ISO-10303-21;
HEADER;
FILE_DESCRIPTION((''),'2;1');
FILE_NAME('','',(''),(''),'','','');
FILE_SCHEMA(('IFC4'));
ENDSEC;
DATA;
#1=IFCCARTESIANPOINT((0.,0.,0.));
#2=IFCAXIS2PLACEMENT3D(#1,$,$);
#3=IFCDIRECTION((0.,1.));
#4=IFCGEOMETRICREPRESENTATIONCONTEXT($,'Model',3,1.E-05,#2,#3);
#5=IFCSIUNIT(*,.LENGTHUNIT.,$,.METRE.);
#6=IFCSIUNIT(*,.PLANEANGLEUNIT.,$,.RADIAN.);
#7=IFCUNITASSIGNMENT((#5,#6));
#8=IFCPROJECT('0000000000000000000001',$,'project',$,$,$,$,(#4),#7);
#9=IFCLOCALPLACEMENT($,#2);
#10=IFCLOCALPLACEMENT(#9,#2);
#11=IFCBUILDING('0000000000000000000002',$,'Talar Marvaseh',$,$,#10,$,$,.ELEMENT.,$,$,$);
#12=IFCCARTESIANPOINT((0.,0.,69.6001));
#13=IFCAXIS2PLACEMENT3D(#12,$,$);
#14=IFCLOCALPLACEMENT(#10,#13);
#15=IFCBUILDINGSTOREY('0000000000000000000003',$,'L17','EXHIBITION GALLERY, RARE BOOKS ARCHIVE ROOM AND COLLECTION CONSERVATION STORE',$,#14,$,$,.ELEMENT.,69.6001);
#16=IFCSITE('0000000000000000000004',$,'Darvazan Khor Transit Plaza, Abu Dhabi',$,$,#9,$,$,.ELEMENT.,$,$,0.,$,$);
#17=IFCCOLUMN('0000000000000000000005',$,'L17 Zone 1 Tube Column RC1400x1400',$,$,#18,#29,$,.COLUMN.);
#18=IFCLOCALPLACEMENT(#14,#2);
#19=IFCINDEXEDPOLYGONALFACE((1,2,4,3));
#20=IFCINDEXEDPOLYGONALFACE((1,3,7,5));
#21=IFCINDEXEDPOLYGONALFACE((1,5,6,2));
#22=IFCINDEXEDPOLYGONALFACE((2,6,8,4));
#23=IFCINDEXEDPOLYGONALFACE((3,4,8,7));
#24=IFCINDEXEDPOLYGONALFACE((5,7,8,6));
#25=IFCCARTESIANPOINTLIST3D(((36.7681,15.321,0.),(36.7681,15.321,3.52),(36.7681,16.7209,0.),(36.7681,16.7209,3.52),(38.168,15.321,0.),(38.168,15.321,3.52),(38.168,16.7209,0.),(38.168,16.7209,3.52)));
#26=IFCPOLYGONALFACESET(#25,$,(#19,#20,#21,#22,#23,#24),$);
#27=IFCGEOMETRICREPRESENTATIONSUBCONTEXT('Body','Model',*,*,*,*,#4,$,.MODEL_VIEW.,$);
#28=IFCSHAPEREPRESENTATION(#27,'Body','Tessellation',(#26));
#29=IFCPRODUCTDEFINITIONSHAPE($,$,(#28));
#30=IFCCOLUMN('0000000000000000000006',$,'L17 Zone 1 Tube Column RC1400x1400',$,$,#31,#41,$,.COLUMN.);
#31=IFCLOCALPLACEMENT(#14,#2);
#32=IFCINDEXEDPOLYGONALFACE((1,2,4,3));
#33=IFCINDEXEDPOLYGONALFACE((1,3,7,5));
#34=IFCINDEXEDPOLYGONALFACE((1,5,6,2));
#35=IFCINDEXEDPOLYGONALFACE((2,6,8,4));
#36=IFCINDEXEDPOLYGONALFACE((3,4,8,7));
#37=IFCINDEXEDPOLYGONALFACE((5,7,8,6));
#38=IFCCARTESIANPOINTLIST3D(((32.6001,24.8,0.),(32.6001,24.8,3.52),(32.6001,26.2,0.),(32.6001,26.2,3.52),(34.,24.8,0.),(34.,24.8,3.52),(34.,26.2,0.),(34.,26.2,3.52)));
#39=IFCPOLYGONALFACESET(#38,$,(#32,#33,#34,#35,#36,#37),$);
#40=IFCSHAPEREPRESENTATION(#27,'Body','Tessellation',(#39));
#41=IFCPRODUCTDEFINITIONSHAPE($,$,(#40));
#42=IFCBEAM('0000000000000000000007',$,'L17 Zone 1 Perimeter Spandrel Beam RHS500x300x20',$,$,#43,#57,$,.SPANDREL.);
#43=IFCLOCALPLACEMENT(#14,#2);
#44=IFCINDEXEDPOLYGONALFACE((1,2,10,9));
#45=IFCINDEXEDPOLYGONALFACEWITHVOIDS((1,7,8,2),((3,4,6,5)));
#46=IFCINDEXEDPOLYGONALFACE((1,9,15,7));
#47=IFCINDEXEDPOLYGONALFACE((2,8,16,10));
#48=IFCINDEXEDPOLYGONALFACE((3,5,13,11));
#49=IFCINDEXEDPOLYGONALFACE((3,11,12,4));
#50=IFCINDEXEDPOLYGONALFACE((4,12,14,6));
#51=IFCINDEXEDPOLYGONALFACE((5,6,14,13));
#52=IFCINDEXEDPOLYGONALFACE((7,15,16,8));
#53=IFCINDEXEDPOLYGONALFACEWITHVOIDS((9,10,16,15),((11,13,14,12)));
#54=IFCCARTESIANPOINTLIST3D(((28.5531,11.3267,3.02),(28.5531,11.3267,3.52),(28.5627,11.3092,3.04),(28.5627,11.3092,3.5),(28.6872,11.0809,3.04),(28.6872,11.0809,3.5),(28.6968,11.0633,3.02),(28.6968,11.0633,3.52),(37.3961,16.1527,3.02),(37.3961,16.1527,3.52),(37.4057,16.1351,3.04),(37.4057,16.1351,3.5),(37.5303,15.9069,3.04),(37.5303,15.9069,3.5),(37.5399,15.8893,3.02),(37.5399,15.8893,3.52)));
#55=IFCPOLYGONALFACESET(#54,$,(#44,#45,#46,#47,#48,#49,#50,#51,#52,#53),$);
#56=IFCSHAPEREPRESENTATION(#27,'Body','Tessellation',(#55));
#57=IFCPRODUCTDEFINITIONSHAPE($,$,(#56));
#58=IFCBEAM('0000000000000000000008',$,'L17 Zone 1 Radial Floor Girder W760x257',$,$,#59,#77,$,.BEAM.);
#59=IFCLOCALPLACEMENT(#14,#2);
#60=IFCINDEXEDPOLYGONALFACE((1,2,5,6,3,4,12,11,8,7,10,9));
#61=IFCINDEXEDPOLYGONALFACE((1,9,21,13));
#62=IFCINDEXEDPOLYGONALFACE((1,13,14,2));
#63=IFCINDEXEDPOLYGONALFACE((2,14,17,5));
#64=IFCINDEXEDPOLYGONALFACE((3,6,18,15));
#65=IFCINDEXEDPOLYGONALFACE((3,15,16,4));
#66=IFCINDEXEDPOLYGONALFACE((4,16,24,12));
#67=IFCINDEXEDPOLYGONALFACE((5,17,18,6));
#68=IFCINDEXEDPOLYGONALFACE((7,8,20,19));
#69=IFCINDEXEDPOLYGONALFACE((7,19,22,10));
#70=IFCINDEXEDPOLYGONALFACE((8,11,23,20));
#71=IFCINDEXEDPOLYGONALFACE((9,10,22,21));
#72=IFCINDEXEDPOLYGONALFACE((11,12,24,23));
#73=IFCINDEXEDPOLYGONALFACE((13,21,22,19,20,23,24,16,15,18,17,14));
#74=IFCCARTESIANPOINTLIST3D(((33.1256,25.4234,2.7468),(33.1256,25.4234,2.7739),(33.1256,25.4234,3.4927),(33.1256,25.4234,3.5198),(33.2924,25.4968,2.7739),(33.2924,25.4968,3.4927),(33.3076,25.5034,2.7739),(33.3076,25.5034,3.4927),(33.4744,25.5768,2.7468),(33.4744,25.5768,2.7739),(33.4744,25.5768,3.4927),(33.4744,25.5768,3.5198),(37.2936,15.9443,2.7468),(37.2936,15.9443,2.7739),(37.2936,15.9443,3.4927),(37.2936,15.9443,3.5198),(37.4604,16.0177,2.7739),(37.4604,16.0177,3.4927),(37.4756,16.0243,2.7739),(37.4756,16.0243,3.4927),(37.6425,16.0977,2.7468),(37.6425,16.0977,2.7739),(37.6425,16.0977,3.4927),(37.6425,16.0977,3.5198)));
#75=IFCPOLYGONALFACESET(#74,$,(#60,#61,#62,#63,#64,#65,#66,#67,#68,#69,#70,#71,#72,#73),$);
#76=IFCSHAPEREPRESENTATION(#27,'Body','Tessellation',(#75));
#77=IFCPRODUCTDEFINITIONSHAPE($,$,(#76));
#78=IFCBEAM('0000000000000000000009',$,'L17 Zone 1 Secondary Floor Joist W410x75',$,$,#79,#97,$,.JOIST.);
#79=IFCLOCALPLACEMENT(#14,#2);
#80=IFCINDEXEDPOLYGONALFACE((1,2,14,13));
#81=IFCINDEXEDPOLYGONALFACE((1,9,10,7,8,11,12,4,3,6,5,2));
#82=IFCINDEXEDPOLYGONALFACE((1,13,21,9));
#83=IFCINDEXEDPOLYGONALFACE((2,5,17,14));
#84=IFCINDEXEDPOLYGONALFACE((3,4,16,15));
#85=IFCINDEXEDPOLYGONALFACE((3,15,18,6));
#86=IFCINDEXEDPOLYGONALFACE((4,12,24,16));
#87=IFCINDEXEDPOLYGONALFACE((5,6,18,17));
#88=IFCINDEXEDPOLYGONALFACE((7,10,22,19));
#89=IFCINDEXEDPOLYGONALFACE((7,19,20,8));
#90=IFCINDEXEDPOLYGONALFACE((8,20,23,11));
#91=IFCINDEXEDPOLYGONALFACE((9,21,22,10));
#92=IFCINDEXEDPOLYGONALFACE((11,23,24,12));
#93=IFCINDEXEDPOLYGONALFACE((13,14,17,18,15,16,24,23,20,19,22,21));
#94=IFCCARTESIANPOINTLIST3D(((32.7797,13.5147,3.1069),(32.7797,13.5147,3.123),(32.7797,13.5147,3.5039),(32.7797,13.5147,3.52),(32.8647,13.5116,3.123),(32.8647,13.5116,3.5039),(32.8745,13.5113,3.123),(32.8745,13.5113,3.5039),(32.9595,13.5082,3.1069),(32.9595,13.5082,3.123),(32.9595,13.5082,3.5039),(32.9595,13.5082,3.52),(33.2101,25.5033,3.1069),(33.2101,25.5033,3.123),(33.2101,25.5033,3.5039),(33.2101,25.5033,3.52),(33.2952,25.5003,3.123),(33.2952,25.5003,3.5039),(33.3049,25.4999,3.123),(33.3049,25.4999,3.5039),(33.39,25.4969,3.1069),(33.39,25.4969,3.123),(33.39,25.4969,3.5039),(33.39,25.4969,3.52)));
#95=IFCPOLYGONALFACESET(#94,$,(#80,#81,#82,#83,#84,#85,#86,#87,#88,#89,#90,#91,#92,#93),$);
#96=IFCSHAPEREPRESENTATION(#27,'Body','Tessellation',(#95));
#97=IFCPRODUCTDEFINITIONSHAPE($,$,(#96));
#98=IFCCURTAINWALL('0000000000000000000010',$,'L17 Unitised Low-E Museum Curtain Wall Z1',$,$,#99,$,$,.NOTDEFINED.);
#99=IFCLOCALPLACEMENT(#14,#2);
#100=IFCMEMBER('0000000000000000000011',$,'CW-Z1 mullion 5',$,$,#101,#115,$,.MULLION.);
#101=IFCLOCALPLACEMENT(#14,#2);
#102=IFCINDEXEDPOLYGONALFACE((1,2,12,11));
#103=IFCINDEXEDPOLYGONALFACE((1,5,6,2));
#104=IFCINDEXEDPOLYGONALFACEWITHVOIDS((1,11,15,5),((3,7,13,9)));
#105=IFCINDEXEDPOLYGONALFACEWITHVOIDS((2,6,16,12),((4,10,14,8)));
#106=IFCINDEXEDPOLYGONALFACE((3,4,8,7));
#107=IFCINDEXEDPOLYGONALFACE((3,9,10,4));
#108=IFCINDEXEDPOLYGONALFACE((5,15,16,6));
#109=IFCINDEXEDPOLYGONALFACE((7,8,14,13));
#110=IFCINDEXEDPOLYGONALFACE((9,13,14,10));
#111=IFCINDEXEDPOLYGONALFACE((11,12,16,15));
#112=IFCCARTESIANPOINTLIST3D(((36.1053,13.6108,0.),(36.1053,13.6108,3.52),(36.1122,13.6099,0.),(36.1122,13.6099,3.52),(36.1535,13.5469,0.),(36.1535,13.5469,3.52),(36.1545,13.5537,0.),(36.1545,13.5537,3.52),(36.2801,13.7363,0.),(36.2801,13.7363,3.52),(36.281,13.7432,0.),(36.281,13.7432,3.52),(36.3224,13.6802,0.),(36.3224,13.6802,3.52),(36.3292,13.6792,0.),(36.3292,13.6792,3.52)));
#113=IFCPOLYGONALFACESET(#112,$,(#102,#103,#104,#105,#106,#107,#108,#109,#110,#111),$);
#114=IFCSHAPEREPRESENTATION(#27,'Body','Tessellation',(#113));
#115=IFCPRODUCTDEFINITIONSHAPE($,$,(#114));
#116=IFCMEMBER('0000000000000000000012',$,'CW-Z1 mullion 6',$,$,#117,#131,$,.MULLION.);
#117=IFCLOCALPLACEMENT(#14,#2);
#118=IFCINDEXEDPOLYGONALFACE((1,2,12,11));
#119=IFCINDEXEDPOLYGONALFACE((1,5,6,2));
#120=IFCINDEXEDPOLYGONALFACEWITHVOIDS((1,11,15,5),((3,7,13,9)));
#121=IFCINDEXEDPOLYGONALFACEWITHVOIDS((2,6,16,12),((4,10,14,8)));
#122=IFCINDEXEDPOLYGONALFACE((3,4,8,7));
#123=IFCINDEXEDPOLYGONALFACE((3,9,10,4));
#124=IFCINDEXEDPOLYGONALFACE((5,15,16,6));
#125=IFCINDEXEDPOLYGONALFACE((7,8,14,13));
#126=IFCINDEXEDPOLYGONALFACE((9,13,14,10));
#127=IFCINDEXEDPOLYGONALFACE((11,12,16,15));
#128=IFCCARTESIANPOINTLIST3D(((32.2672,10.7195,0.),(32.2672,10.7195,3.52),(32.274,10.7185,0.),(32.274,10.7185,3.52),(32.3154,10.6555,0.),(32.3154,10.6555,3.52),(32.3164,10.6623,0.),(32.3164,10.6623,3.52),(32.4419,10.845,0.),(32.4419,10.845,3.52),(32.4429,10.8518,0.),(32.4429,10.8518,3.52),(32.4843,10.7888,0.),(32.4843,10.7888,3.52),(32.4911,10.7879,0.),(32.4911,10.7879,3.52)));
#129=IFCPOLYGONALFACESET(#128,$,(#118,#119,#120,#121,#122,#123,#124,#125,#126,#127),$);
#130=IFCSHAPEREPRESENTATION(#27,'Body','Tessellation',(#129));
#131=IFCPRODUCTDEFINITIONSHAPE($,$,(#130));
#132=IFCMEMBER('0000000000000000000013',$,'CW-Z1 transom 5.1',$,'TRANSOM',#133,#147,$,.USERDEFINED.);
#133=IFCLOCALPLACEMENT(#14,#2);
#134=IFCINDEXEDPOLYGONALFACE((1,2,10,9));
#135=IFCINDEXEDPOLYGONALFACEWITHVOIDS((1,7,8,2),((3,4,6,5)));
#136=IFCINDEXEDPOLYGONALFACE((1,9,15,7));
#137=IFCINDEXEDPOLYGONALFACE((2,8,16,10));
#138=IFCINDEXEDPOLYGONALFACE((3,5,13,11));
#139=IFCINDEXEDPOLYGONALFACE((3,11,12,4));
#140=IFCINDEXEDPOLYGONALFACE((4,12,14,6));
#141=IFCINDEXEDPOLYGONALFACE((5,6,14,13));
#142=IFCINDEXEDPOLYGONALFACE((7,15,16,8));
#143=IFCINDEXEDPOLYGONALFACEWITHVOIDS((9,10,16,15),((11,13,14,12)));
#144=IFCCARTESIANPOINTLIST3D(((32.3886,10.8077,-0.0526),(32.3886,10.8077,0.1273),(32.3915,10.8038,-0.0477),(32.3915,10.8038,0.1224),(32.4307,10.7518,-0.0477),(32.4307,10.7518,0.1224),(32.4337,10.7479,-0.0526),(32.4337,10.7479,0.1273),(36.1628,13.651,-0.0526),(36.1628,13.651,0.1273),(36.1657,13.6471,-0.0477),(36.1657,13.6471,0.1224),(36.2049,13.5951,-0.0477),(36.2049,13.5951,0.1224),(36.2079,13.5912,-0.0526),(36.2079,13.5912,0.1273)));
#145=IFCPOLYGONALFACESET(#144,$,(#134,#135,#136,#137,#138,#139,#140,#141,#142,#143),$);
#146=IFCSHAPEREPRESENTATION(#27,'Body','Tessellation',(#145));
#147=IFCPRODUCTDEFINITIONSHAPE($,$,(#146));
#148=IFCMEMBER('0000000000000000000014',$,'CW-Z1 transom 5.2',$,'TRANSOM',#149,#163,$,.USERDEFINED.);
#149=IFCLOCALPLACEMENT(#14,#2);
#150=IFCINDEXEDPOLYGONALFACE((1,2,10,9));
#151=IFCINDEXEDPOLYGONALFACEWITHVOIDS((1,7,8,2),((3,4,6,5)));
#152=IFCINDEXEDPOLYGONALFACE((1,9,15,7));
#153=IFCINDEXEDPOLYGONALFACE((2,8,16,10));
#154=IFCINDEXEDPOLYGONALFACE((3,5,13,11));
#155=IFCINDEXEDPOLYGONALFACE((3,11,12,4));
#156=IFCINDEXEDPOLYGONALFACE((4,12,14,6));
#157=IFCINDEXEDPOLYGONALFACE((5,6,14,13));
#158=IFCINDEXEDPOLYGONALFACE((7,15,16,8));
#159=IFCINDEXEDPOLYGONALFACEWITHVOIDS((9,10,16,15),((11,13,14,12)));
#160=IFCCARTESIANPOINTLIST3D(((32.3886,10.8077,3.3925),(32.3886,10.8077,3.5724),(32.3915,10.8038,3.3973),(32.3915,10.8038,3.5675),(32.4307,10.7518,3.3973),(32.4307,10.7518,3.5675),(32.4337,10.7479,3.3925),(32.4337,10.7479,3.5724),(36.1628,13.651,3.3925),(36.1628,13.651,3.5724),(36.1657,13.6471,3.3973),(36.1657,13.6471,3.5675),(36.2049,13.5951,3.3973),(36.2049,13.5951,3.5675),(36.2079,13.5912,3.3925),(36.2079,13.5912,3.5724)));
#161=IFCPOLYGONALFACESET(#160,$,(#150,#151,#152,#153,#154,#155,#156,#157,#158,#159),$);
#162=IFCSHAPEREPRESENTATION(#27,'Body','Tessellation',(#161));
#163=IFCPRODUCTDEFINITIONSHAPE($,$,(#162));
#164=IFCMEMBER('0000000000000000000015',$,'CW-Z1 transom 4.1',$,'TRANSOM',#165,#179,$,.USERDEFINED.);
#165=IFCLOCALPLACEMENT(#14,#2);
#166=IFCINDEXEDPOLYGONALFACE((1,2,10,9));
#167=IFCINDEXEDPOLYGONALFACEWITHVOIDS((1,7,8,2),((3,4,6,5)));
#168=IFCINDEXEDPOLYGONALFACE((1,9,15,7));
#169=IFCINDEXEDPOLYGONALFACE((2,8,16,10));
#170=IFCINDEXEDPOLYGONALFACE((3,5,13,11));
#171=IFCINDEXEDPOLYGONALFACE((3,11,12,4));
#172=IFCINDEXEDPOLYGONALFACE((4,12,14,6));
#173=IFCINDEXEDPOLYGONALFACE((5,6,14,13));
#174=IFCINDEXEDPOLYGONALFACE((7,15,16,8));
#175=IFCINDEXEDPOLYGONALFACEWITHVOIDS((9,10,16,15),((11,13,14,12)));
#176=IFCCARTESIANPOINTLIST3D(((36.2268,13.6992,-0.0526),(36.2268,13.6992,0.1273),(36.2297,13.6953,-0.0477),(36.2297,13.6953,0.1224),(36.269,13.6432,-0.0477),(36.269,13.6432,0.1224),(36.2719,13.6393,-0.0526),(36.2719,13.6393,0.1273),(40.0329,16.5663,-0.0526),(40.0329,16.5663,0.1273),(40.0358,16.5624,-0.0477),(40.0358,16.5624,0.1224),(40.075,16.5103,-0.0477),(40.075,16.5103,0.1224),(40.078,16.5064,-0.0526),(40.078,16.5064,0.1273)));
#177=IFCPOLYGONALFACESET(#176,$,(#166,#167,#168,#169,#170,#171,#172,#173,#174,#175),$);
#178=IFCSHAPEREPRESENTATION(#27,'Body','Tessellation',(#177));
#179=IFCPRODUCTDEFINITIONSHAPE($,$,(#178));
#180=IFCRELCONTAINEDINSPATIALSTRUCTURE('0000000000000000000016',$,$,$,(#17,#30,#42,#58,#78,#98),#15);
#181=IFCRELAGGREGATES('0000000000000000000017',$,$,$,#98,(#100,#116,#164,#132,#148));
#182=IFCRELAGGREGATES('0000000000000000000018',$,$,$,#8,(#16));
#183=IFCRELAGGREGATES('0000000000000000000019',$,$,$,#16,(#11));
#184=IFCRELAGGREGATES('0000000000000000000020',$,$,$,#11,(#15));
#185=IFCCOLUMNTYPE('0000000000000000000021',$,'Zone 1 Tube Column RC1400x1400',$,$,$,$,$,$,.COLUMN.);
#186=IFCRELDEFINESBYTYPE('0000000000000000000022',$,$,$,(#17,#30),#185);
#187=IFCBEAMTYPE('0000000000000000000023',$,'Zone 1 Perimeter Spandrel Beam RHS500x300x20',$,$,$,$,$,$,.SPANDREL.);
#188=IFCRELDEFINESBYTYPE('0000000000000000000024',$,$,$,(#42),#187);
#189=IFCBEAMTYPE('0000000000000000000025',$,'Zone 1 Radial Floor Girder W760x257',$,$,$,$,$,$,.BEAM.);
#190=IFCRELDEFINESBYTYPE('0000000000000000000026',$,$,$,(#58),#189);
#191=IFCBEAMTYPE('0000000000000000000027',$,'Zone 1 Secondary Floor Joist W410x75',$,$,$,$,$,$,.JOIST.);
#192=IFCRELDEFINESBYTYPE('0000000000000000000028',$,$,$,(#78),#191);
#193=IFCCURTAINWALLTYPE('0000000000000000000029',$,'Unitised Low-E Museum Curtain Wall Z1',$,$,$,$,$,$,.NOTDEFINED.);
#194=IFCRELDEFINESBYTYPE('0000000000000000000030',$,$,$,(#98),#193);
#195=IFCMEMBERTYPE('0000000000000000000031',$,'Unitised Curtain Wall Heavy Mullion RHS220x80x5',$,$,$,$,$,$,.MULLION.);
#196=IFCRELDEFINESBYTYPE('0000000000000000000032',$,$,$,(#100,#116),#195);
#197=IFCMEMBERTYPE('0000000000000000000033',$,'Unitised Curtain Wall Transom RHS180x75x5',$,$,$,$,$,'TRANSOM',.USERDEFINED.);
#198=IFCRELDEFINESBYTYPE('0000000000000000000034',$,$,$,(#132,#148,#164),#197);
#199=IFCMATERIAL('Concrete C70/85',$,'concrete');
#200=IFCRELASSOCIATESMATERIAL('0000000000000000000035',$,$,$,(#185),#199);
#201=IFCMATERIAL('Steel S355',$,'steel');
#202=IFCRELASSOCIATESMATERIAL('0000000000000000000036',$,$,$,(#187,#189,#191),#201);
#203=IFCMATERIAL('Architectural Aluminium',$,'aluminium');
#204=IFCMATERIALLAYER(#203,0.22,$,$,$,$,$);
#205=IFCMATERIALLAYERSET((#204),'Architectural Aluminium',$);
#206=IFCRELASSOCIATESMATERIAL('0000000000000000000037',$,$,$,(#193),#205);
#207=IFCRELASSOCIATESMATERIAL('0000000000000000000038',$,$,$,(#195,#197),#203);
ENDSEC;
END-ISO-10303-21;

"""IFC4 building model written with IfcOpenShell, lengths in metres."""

from ifc_helpers import new_model, si_unit, direction, frame, origin, origin_2d, place, context, subcontext, project, spatial, rectangle, hollow_rectangle, i_section, extrude, source, transform, mapped, material, layer, layer_set, material_profile, profile_set, type_object, type_shapes, element, aggregate, save


model = new_model("IFC4")

# Units and contexts
model_context = context("Model", 3, precision=1e-05, world=origin(), true_north=direction((0.0, 1.0)))
body_context = subcontext(model_context, "Body", "Model", "MODEL_VIEW")
ifc_project = project(units=[si_unit("LENGTHUNIT", "METRE"), si_unit("PLANEANGLEUNIT", "RADIAN")], contexts=[model_context])

# Site, building, storey
site_placement = place(None, origin())
site = spatial("IfcSite", under=ifc_project, at=site_placement, Name="Darvazan Khor Transit Plaza, Abu Dhabi", CompositionType="ELEMENT", RefElevation=0.0)
building_placement = place(site_placement, origin())
building = spatial("IfcBuilding", under=site, at=building_placement, Name="Talar Marvaseh", CompositionType="ELEMENT")
storey_placement = place(building_placement, frame((0.0, 0.0, 69.6001)))
storey = spatial("IfcBuildingStorey", under=building, at=storey_placement, Name="L17", Description="EXHIBITION GALLERY, RARE BOOKS ARCHIVE ROOM AND COLLECTION CONSERVATION STORE", CompositionType="ELEMENT", Elevation=69.6001)

# Columns
ifc_material_1 = material(Name="Concrete C70/85", Category="concrete")
ifc_material_profile_1 = material_profile(ifc_material_1, rectangle(XDim=1.3999, YDim=1.3999, at=origin_2d()), Name="RC1400x1400")
ifc_profile_set_1 = profile_set([ifc_material_profile_1], Name="Concrete C70/85")
column_type = type_object("IfcColumnType", Name="Zone 1 Tube Column RC1400x1400", PredefinedType="COLUMN", material=ifc_profile_set_1)
for number, where, z_axis, x_axis, name in (
    (1, (37.468, 16.021, 0.0), (0.0, 0.0, 1.0), (1.0, 0.0, 0.0), "L17 Zone 1 Tube Column RC1400x1400"),
    (2, (33.3, 25.5, 0.0), (0.0, 0.0, 1.0), (1.0, 0.0, 0.0), "L17 Zone 1 Tube Column RC1400x1400"),
):
    element("IfcColumn", number, at=place(storey_placement, frame(where, z_axis=z_axis, x_axis=x_axis)), inside=storey, type_object=column_type, Name=name, PredefinedType="COLUMN", context=body_context, shape_type="SweptSolid", body=[
        extrude(rectangle(XDim=1.3999, YDim=1.3999, at=origin_2d()), origin(), (0.0, 0.0, 1.0), 3.52),
    ])

# Beams
ifc_material_2 = material(Name="Steel S355", Category="steel")
ifc_material_profile_2 = material_profile(ifc_material_2, hollow_rectangle(XDim=0.3, YDim=0.5, WallThickness=0.02, at=origin_2d()), Name="RHS500x300x20")
ifc_profile_set_2 = profile_set([ifc_material_profile_2], Name="Steel S355")
beam_type_1 = type_object("IfcBeamType", Name="Zone 1 Perimeter Spandrel Beam RHS500x300x20", PredefinedType="SPANDREL", material=ifc_profile_set_2)
beam_1_placement = place(storey_placement, frame((37.468, 16.021, 3.27), z_axis=(-0.877793, -0.479041, 0.0), x_axis=(0.479041, -0.877793, 0.0)))
element("IfcBeam", 3, at=beam_1_placement, inside=storey, type_object=beam_type_1, Name="L17 Zone 1 Perimeter Spandrel Beam RHS500x300x20", PredefinedType="SPANDREL", context=body_context, shape_type="SweptSolid", body=[
    extrude(hollow_rectangle(XDim=0.3, YDim=0.5, WallThickness=0.02, at=origin_2d()), origin(), (0.0, 0.0, 1.0), 10.0742),
])
ifc_material_profile_3 = material_profile(ifc_material_2, i_section(OverallWidth=0.3811, OverallDepth=0.7729, WebThickness=0.0166, FlangeThickness=0.0271, at=origin_2d()), Name="W760x257")
ifc_profile_set_3 = profile_set([ifc_material_profile_3], Name="Steel S355")
beam_type_2 = type_object("IfcBeamType", Name="Zone 1 Radial Floor Girder W760x257", PredefinedType="BEAM", material=ifc_profile_set_3)
beam_2_placement = place(storey_placement, frame((37.468, 16.021, 3.1333), z_axis=(-0.402513, 0.915414, 0.0), x_axis=(-0.915414, -0.402513, 0.0)))
element("IfcBeam", 4, at=beam_2_placement, inside=storey, type_object=beam_type_2, Name="L17 Zone 1 Radial Floor Girder W760x257", PredefinedType="BEAM", context=body_context, shape_type="SweptSolid", body=[
    extrude(i_section(OverallWidth=0.3811, OverallDepth=0.7729, WebThickness=0.0166, FlangeThickness=0.0271, at=origin_2d()), origin(), (0.0, 0.0, 1.0), 10.355),
])
ifc_material_profile_4 = material_profile(ifc_material_2, i_section(OverallWidth=0.1799, OverallDepth=0.4131, WebThickness=0.0098, FlangeThickness=0.0161, at=origin_2d()), Name="W410x75")
ifc_profile_set_4 = profile_set([ifc_material_profile_4], Name="Steel S355")
beam_type_3 = type_object("IfcBeamType", Name="Zone 1 Secondary Floor Joist W410x75", PredefinedType="JOIST", material=ifc_profile_set_4)
beam_3_placement = place(storey_placement, frame((32.8696, 13.5115, 3.3135), z_axis=(0.03588, 0.999356, 0.0), x_axis=(-0.999356, 0.03588, 0.0)))
element("IfcBeam", 5, at=beam_3_placement, inside=storey, type_object=beam_type_3, Name="L17 Zone 1 Secondary Floor Joist W410x75", PredefinedType="JOIST", context=body_context, shape_type="SweptSolid", body=[
    extrude(i_section(OverallWidth=0.1799, OverallDepth=0.4131, WebThickness=0.0098, FlangeThickness=0.0161, at=origin_2d()), origin(), (0.0, 0.0, 1.0), 11.9963),
])

# Curtain wall, members
ifc_material_3 = material(Name="Architectural Aluminium", Category="aluminium")
ifc_layer_1 = layer(ifc_material_3, 0.22)
ifc_layer_set_1 = layer_set([ifc_layer_1], Name="Architectural Aluminium")
curtain_wall_type = type_object("IfcCurtainWallType", Name="Unitised Low-E Museum Curtain Wall Z1", PredefinedType="NOTDEFINED", material=ifc_layer_set_1)
curtain_wall_placement = place(storey_placement, origin())
curtain_wall = element("IfcCurtainWall", 6, at=curtain_wall_placement, inside=storey, type_object=curtain_wall_type, Name="L17 Unitised Low-E Museum Curtain Wall Z1", PredefinedType="NOTDEFINED")
ifc_material_profile_5 = material_profile(ifc_material_3, hollow_rectangle(XDim=0.0801, YDim=0.22, WallThickness=0.0049, at=origin_2d()), Name="RHS220x80x5")
ifc_profile_set_5 = profile_set([ifc_material_profile_5], Name="Architectural Aluminium")
member_type_1 = type_object("IfcMemberType", Name="Unitised Curtain Wall Heavy Mullion RHS220x80x5", PredefinedType="MULLION", material=ifc_profile_set_5)
shared_shape_1 = source(origin(), body_context, "Body", "SweptSolid", [
    extrude(hollow_rectangle(XDim=0.0801, YDim=0.22, WallThickness=0.0049, at=origin_2d()), origin(), (0.0, 0.0, 1.0), 3.52),
])
type_shapes(member_type_1, [shared_shape_1])
member_1_placement = place(storey_placement, frame((36.2173, 13.645, 0.0), z_axis=(0.0, 0.0, 1.0), x_axis=(0.601691, -0.798729, 0.0)))
member_1 = element("IfcMember", 7, at=member_1_placement, type_object=member_type_1, Name="CW-Z1 mullion 5", PredefinedType="MULLION", context=body_context, shape_type="MappedRepresentation", body=[
    mapped(shared_shape_1, transform((0.0, 0.0, 0.0), x_axis=(1.0, 0.0, 0.0), y_axis=(0.0, 1.0, 0.0), z_axis=(0.0, 0.0, 1.0), scale=1.0)),
])
member_2_placement = place(storey_placement, frame((32.3792, 10.7537, 0.0), z_axis=(0.0, 0.0, 1.0), x_axis=(0.601691, -0.798729, 0.0)))
member_2 = element("IfcMember", 8, at=member_2_placement, type_object=member_type_1, Name="CW-Z1 mullion 6", PredefinedType="MULLION", context=body_context, shape_type="MappedRepresentation", body=[
    mapped(shared_shape_1, transform((0.0, 0.0, 0.0), x_axis=(1.0, 0.0, 0.0), y_axis=(0.0, 1.0, 0.0), z_axis=(0.0, 0.0, 1.0), scale=1.0)),
])
ifc_material_profile_6 = material_profile(ifc_material_3, hollow_rectangle(XDim=0.075, YDim=0.1799, WallThickness=0.0049, at=origin_2d()), Name="RHS180x75x5")
ifc_profile_set_6 = profile_set([ifc_material_profile_6], Name="Architectural Aluminium")
member_type_2 = type_object("IfcMemberType", Name="Unitised Curtain Wall Transom RHS180x75x5", ElementType="TRANSOM", PredefinedType="USERDEFINED", material=ifc_profile_set_6)
shared_shape_2 = source(origin(), body_context, "Body", "SweptSolid", [
    extrude(hollow_rectangle(XDim=0.075, YDim=0.1799, WallThickness=0.0049, at=origin_2d()), origin(), (0.0, 0.0, 1.0), 4.7253),
])
member_3_placement = place(storey_placement, frame((36.1853, 13.6211, 0.0374), z_axis=(-0.798715, -0.60171, 0.0), x_axis=(0.60171, -0.798715, 0.0)))
member_3 = element("IfcMember", 9, at=member_3_placement, type_object=member_type_2, Name="CW-Z1 transom 5.1", ObjectType="TRANSOM", PredefinedType="USERDEFINED", context=body_context, shape_type="MappedRepresentation", body=[
    mapped(shared_shape_2, transform((0.0, 0.0, 0.0), x_axis=(1.0, 0.0, 0.0), y_axis=(0.0, 1.0, 0.0), z_axis=(0.0, 0.0, 1.0), scale=1.0)),
])
member_4_placement = place(storey_placement, frame((36.1853, 13.6211, 3.4824), z_axis=(-0.798715, -0.60171, 0.0), x_axis=(0.60171, -0.798715, 0.0)))
member_4 = element("IfcMember", 10, at=member_4_placement, type_object=member_type_2, Name="CW-Z1 transom 5.2", ObjectType="TRANSOM", PredefinedType="USERDEFINED", context=body_context, shape_type="MappedRepresentation", body=[
    mapped(shared_shape_2, transform((0.0, 0.0, 0.0), x_axis=(1.0, 0.0, 0.0), y_axis=(0.0, 1.0, 0.0), z_axis=(0.0, 0.0, 1.0), scale=1.0)),
])
shared_shape_3 = source(origin(), body_context, "Body", "SweptSolid", [
    extrude(hollow_rectangle(XDim=0.075, YDim=0.1799, WallThickness=0.0049, at=origin_2d()), origin(), (0.0, 0.0, 1.0), 4.7651),
])
type_shapes(member_type_2, [shared_shape_2, shared_shape_3])
member_5_placement = place(storey_placement, frame((40.0554, 16.5364, 0.0374), z_axis=(-0.798732, -0.601687, 0.0), x_axis=(0.601687, -0.798732, 0.0)))
member_5 = element("IfcMember", 11, at=member_5_placement, type_object=member_type_2, Name="CW-Z1 transom 4.1", ObjectType="TRANSOM", PredefinedType="USERDEFINED", context=body_context, shape_type="MappedRepresentation", body=[
    mapped(shared_shape_3, transform((0.0, 0.0, 0.0), x_axis=(1.0, 0.0, 0.0), y_axis=(0.0, 1.0, 0.0), z_axis=(0.0, 0.0, 1.0), scale=1.0)),
])
aggregate(curtain_wall, [member_1, member_2, member_5, member_3, member_4])

save(model, "model.ifc")
